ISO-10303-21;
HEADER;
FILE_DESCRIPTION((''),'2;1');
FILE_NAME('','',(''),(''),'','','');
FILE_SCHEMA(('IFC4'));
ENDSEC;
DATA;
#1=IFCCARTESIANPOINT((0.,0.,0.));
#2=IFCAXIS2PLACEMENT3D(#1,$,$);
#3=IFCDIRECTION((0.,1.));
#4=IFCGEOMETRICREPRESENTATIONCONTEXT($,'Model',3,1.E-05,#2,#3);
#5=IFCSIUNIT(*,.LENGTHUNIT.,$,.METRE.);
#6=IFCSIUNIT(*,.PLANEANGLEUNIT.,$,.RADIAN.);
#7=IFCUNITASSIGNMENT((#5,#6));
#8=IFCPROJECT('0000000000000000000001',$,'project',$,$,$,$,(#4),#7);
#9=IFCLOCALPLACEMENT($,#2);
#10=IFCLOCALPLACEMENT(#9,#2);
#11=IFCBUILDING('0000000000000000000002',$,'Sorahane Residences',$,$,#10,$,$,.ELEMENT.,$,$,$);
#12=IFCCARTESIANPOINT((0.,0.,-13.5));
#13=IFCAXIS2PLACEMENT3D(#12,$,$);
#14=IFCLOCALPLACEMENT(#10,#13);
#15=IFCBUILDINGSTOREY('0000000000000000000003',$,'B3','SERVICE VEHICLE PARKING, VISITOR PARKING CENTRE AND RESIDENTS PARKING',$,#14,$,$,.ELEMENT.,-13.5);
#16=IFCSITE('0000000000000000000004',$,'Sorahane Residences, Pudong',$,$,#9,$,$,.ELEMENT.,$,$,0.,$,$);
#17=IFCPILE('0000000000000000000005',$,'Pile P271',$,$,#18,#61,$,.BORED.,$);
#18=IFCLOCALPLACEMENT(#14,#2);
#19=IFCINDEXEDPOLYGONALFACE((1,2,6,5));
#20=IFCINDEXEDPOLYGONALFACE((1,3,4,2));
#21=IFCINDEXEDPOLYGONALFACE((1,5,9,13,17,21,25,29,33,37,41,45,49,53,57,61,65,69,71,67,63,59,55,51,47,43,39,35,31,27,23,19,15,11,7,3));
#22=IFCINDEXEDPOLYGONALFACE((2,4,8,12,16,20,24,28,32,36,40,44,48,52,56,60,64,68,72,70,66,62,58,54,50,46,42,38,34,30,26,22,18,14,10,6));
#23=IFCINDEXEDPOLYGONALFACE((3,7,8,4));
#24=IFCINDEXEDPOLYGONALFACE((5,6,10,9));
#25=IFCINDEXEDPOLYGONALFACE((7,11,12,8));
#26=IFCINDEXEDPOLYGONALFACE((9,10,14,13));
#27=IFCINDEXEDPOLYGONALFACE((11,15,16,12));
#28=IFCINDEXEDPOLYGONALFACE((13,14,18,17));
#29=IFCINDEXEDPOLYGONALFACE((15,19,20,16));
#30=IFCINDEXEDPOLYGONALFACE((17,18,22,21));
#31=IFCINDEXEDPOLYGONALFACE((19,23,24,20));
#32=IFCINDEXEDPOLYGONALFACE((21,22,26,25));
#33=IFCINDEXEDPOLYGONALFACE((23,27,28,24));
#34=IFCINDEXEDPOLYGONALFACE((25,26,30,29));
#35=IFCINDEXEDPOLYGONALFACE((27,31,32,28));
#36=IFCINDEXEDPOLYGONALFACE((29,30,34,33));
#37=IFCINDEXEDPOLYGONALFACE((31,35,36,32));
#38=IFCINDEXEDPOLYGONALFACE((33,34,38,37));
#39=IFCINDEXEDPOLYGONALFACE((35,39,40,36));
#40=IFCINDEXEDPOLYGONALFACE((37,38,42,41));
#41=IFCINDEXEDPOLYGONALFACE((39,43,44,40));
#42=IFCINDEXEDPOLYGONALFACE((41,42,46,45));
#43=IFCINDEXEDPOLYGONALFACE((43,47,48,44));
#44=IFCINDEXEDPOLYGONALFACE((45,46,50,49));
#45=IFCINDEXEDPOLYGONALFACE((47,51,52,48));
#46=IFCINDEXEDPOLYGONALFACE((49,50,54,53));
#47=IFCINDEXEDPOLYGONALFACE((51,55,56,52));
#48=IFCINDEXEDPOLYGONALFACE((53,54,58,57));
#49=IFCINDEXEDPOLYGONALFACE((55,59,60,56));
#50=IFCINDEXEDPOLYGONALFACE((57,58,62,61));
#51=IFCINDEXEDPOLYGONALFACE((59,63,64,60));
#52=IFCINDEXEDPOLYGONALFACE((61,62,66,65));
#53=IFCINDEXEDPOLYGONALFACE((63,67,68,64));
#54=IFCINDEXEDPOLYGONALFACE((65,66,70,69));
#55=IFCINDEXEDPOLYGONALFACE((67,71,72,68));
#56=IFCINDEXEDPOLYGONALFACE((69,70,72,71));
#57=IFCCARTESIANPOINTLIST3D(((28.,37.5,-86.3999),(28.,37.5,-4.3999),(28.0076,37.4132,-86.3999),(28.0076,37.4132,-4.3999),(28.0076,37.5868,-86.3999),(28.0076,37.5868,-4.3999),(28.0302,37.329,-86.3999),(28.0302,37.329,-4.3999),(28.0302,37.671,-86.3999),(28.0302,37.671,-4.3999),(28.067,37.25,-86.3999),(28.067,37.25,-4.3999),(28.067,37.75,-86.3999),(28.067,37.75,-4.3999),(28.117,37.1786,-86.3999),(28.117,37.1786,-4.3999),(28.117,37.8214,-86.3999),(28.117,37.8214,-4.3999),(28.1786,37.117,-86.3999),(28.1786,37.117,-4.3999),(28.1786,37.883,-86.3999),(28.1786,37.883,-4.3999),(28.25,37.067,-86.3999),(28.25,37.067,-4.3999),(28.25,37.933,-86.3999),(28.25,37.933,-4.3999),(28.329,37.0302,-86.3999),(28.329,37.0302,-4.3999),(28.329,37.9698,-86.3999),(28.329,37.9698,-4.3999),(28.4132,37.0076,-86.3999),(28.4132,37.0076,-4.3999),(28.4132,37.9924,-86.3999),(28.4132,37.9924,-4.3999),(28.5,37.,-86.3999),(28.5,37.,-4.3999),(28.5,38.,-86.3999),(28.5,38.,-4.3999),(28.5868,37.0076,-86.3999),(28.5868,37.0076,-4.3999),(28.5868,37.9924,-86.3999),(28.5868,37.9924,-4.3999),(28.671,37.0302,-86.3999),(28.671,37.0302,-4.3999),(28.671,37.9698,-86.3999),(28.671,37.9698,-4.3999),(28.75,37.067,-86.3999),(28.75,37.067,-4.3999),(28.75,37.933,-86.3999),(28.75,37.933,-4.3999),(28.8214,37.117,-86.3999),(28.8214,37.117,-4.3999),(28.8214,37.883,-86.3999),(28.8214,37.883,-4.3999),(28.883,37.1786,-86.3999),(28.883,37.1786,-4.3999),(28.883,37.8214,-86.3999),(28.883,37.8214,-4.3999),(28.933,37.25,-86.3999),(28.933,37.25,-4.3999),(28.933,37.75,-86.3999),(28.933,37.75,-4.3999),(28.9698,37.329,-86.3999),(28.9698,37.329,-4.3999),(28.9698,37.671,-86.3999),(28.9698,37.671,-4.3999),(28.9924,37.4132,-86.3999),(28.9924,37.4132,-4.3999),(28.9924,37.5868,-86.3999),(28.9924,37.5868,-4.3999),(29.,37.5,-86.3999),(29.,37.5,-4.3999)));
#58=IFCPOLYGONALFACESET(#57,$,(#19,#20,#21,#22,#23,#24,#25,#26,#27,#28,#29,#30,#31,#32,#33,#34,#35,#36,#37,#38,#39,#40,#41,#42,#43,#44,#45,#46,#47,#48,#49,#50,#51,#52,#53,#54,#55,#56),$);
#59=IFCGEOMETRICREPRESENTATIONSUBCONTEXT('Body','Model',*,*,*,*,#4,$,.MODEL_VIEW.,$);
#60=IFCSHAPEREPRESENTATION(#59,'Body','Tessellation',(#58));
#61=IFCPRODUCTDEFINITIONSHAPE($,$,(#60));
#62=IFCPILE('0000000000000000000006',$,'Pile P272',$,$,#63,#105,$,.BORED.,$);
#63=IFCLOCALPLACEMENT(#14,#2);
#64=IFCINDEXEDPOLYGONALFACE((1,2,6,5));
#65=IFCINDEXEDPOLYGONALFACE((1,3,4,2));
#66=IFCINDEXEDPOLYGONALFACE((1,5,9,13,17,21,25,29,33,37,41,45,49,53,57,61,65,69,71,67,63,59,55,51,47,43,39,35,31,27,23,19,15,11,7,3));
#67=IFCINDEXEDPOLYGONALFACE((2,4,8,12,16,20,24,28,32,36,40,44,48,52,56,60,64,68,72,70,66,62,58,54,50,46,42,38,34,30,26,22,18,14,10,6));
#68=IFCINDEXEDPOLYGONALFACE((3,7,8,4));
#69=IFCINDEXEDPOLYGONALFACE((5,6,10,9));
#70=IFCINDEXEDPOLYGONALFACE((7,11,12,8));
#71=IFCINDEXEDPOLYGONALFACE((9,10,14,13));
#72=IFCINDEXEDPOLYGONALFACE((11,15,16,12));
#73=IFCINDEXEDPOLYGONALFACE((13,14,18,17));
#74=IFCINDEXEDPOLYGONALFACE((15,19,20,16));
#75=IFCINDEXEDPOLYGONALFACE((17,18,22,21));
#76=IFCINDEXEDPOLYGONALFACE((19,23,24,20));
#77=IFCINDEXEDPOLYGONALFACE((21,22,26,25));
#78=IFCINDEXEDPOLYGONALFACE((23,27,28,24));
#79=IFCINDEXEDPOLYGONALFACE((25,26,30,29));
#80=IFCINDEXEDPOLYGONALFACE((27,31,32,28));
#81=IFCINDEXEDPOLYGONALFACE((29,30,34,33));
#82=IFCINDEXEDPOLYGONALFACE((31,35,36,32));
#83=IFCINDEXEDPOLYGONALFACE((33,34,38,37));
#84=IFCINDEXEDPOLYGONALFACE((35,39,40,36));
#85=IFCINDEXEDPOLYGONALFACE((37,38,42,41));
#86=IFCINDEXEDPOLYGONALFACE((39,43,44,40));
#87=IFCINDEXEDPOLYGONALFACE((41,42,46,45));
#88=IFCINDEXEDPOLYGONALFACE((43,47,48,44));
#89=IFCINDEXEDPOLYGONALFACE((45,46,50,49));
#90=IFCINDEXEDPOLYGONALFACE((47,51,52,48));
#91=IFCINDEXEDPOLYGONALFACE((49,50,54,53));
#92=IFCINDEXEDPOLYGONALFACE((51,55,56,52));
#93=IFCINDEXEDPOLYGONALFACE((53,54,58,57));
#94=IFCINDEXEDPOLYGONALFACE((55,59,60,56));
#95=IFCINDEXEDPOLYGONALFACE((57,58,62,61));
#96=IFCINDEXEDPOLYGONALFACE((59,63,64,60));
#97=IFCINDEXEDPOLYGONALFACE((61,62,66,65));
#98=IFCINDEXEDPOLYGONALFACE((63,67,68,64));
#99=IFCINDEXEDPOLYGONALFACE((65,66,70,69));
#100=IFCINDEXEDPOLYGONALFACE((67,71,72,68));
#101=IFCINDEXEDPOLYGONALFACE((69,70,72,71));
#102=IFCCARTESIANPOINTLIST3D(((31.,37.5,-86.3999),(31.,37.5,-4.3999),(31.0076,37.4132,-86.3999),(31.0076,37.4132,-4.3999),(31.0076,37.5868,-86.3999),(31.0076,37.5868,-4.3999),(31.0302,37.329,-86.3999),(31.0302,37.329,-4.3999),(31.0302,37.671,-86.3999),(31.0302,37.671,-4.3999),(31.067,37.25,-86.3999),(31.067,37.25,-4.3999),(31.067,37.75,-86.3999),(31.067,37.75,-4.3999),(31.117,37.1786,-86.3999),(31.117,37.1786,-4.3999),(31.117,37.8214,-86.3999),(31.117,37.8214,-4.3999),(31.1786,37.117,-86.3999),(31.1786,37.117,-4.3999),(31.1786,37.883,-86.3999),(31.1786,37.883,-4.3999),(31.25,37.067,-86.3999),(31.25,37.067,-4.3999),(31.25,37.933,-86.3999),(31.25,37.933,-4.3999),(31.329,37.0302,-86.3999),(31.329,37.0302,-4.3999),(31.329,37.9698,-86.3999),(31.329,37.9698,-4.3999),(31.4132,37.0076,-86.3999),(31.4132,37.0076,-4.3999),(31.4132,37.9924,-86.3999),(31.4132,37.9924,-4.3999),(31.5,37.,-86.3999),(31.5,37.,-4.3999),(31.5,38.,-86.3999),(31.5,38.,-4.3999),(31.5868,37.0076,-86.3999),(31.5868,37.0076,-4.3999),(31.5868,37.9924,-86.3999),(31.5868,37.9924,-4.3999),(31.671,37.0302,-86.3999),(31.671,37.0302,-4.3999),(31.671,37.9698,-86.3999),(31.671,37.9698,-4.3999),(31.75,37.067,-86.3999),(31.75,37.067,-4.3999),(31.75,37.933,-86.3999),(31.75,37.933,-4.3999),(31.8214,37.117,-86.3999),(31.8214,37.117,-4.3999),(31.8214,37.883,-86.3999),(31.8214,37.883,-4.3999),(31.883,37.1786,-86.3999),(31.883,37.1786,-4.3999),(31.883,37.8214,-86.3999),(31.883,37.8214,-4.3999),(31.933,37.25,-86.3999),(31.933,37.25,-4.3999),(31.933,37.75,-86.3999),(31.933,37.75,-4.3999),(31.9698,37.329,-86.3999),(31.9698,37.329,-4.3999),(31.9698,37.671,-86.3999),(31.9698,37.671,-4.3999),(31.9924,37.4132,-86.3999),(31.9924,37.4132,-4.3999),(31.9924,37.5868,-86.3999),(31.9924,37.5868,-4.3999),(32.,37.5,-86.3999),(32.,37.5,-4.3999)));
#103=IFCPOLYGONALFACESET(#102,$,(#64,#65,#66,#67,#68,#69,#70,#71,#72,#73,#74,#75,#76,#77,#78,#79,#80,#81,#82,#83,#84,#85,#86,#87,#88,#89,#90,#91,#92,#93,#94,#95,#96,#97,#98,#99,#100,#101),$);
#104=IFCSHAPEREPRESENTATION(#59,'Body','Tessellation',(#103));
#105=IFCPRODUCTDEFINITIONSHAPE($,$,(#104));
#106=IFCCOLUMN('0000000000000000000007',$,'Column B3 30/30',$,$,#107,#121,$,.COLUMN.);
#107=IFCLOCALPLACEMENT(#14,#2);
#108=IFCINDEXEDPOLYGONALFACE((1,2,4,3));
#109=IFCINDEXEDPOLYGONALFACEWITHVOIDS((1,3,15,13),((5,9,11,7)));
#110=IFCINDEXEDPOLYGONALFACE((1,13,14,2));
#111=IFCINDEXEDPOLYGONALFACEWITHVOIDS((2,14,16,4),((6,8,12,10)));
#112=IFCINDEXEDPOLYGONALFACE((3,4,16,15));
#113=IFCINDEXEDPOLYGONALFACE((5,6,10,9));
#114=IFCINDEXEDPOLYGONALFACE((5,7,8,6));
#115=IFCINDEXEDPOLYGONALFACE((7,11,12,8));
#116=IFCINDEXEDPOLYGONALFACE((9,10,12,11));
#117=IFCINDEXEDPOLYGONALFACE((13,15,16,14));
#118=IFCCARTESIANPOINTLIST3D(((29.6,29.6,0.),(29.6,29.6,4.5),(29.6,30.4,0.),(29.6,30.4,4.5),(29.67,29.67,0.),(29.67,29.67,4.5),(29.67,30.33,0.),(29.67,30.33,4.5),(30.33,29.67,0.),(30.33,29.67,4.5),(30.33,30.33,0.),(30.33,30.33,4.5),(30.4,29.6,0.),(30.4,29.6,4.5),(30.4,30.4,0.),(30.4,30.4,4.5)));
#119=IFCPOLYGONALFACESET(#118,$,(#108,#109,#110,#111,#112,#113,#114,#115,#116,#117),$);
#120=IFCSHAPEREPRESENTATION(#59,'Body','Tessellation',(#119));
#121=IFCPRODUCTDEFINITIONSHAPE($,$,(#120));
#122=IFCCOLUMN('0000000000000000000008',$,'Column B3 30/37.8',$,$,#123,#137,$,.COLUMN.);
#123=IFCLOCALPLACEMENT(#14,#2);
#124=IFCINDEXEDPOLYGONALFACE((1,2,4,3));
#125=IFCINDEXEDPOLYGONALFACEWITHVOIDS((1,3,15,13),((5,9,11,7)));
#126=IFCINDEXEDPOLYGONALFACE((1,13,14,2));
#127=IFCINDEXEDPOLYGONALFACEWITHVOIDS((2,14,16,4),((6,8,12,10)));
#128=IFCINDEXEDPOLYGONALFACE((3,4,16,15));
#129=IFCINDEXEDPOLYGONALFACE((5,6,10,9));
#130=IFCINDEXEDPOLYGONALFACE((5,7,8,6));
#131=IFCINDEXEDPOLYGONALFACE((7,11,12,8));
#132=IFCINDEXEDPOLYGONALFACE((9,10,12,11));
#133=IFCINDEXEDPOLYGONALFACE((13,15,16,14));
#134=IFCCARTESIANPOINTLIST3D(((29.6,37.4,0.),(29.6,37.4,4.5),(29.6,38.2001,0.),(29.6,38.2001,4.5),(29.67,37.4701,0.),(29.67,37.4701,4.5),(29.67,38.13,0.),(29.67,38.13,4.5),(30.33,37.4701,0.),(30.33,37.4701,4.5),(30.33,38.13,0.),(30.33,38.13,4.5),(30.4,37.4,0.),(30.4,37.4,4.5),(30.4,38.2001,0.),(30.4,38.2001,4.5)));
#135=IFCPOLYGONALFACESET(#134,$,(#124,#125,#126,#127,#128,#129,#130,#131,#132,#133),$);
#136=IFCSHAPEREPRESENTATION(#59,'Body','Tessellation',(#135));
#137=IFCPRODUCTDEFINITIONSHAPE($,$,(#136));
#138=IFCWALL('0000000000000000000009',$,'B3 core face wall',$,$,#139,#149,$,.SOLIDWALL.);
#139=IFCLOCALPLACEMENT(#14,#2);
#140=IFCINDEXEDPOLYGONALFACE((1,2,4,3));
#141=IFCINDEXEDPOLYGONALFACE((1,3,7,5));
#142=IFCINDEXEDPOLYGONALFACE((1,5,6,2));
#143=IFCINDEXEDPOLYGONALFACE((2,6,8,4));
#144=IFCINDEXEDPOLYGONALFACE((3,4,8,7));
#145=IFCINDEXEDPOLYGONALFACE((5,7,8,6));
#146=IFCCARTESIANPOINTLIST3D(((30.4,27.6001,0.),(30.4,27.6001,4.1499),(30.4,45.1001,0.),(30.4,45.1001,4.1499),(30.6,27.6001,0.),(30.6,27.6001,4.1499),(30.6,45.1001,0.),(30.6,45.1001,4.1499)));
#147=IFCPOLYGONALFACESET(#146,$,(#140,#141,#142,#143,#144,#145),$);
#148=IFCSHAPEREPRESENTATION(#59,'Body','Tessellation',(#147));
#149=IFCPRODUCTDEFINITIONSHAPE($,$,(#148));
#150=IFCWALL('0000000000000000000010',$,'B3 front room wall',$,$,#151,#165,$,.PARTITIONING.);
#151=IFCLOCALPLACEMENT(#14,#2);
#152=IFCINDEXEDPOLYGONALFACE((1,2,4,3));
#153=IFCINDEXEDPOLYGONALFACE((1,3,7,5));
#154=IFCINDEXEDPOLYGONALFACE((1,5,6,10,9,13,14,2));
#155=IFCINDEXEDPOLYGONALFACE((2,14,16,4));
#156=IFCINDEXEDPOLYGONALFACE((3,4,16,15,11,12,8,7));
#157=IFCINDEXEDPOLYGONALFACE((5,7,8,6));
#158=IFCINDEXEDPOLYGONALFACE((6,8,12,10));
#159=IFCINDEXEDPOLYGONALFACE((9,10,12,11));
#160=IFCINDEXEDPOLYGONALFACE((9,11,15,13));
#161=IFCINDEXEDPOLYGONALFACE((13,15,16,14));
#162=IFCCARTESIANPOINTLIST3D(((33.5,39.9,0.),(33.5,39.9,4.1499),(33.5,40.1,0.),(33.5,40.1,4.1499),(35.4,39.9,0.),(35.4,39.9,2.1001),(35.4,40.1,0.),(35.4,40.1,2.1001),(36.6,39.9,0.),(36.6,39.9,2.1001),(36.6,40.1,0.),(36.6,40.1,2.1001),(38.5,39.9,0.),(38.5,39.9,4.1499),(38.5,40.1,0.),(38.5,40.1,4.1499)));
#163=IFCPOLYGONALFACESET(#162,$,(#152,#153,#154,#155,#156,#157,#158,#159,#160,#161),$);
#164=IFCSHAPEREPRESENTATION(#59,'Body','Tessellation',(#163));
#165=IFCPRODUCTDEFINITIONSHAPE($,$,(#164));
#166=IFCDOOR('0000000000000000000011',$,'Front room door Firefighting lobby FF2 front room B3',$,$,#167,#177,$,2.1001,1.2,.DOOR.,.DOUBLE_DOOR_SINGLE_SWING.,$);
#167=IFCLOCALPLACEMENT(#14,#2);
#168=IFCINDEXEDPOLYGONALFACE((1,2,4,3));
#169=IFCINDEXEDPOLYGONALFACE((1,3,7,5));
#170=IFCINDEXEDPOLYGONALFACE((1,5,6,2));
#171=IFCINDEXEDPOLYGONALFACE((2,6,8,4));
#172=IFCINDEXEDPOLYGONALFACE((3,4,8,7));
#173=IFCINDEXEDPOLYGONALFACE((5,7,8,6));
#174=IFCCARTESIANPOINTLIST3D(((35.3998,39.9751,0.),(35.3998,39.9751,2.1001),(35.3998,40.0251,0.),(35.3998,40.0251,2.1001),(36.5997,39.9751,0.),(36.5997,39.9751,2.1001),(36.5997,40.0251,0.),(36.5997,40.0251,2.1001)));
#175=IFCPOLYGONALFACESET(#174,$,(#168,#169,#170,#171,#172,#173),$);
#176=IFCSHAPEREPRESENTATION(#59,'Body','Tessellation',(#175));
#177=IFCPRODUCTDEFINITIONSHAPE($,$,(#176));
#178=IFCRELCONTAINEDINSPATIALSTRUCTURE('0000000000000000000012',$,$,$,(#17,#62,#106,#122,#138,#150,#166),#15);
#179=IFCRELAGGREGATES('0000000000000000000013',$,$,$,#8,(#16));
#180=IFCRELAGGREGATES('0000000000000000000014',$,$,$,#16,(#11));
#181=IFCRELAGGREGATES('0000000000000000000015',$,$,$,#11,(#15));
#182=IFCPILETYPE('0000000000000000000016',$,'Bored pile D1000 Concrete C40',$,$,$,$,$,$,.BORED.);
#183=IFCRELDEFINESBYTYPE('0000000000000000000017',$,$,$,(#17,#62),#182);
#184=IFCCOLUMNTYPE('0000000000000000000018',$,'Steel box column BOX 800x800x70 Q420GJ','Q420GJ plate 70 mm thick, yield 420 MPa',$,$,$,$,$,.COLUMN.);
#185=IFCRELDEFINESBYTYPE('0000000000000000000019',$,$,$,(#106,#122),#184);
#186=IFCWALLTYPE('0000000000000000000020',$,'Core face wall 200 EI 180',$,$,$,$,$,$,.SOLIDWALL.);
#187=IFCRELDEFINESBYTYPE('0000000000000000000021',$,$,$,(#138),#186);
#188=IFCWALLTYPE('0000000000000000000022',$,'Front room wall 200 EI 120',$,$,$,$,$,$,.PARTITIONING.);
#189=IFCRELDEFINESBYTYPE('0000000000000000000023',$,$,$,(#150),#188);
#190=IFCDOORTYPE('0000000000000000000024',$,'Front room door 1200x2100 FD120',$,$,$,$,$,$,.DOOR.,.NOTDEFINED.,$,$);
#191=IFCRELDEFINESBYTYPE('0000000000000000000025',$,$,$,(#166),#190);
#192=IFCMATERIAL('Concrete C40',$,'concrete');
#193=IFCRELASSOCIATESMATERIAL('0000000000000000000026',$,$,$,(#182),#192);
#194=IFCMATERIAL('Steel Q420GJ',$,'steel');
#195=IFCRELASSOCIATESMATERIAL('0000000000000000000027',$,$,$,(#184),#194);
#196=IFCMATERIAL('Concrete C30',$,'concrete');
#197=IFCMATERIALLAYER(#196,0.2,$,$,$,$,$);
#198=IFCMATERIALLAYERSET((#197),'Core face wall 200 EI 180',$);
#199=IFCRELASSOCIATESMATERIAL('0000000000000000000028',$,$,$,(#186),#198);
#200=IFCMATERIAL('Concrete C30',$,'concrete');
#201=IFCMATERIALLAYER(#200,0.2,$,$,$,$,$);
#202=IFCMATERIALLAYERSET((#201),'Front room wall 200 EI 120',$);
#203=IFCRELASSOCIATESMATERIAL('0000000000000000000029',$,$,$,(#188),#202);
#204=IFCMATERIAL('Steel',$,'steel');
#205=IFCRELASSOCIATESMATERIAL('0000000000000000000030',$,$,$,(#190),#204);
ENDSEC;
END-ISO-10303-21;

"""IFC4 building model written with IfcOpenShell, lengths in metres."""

from ifc_helpers import new_model, si_unit, direction, frame, frame_2d, origin, origin_2d, place, context, subcontext, project, spatial, rectangle, hollow_rectangle, circle, extrude, material, layer, layer_set, material_profile, profile_set, type_object, element, fill, save


model = new_model("IFC4")

# Units and contexts
model_context = context("Model", 3, precision=1e-05, world=origin(), true_north=direction((0.0, 1.0)))
body_context = subcontext(model_context, "Body", "Model", "MODEL_VIEW")
ifc_project = project(units=[si_unit("LENGTHUNIT", "METRE"), si_unit("PLANEANGLEUNIT", "RADIAN")], contexts=[model_context])

# Site, building, storey
site_placement = place(None, origin())
site = spatial("IfcSite", under=ifc_project, at=site_placement, Name="Sorahane Residences, Pudong", CompositionType="ELEMENT", RefElevation=0.0)
building_placement = place(site_placement, origin())
building = spatial("IfcBuilding", under=site, at=building_placement, Name="Sorahane Residences", CompositionType="ELEMENT")
storey_placement = place(building_placement, frame((0.0, 0.0, -13.5)))
storey = spatial("IfcBuildingStorey", under=building, at=storey_placement, Name="B3", Description="SERVICE VEHICLE PARKING, VISITOR PARKING CENTRE AND RESIDENTS PARKING", CompositionType="ELEMENT", Elevation=-13.5)

# Piles
ifc_material_1 = material(Name="Concrete C40", Category="concrete")
ifc_material_profile_1 = material_profile(ifc_material_1, circle(Radius=0.5, at=origin_2d()), Name="D1000")
ifc_profile_set_1 = profile_set([ifc_material_profile_1], Name="Concrete C40")
pile_type = type_object("IfcPileType", Name="Bored pile D1000 Concrete C40", PredefinedType="BORED", material=ifc_profile_set_1)
for number, where, z_axis, x_axis, name in (
    (1, (28.5, 37.5, -4.3999), (0.0, 0.0, -1.0), (1.0, 0.0, 0.0), "Pile P271"),
    (2, (31.5, 37.5, -4.3999), (0.0, 0.0, -1.0), (1.0, 0.0, 0.0), "Pile P272"),
):
    element("IfcPile", number, at=place(storey_placement, frame(where, z_axis=z_axis, x_axis=x_axis)), inside=storey, type_object=pile_type, Name=name, PredefinedType="BORED", context=body_context, shape_type="SweptSolid", body=[
        extrude(circle(Radius=0.5, at=origin_2d()), origin(), (0.0, 0.0, 1.0), 82.0),
    ])

# Columns
ifc_material_2 = material(Name="Steel Q420GJ", Category="steel")
ifc_material_profile_2 = material_profile(ifc_material_2, hollow_rectangle(XDim=0.8, YDim=0.8, WallThickness=0.0701, at=origin_2d()), Name="BOX 800x800x70")
ifc_profile_set_2 = profile_set([ifc_material_profile_2], Name="Steel Q420GJ")
column_type = type_object("IfcColumnType", Name="Steel box column BOX 800x800x70 Q420GJ", Description="Q420GJ plate 70 mm thick, yield 420 MPa", PredefinedType="COLUMN", material=ifc_profile_set_2)
for number, where, z_axis, x_axis, name in (
    (3, (30.0, 30.0, 0.0), (0.0, 0.0, 1.0), (1.0, 0.0, 0.0), "Column B3 30/30"),
    (4, (30.0, 37.8, 0.0), (0.0, 0.0, 1.0), (1.0, 0.0, 0.0), "Column B3 30/37.8"),
):
    element("IfcColumn", number, at=place(storey_placement, frame(where, z_axis=z_axis, x_axis=x_axis)), inside=storey, type_object=column_type, Name=name, PredefinedType="COLUMN", context=body_context, shape_type="SweptSolid", body=[
        extrude(hollow_rectangle(XDim=0.8, YDim=0.8, WallThickness=0.0701, at=origin_2d()), origin(), (0.0, 0.0, 1.0), 4.5),
    ])

# Wall
ifc_material_3 = material(Name="Concrete C30", Category="concrete")
ifc_layer_1 = layer(ifc_material_3, 0.2)
ifc_layer_set_1 = layer_set([ifc_layer_1], Name="Core face wall 200 EI 180")
wall_type_1 = type_object("IfcWallType", Name="Core face wall 200 EI 180", PredefinedType="SOLIDWALL", material=ifc_layer_set_1)
wall_1_placement = place(storey_placement, frame((30.5, 27.6001, 0.0), z_axis=(0.0, 0.0, 1.0), x_axis=(0.0, 1.0, 0.0)))
element("IfcWall", 5, at=wall_1_placement, inside=storey, type_object=wall_type_1, Name="B3 core face wall", PredefinedType="SOLIDWALL", context=body_context, shape_type="SweptSolid", body=[
    extrude(rectangle(XDim=17.5, YDim=0.2, at=frame_2d((8.75, 0.0))), origin(), (0.0, 0.0, 1.0), 4.1499),
])

# Wall, opening, door
ifc_material_4 = material(Name="Concrete C30", Category="concrete")
ifc_layer_2 = layer(ifc_material_4, 0.2)
ifc_layer_set_2 = layer_set([ifc_layer_2], Name="Front room wall 200 EI 120")
wall_type_2 = type_object("IfcWallType", Name="Front room wall 200 EI 120", PredefinedType="PARTITIONING", material=ifc_layer_set_2)
wall_2_placement = place(storey_placement, frame((33.5, 40.0, 0.0), z_axis=(0.0, 0.0, 1.0), x_axis=(1.0, 0.0, 0.0)))
wall_2 = element("IfcWall", 6, at=wall_2_placement, inside=storey, type_object=wall_type_2, Name="B3 front room wall", PredefinedType="PARTITIONING", context=body_context, shape_type="SweptSolid", body=[
    extrude(rectangle(XDim=5.0, YDim=0.2, at=frame_2d((2.5, 0.0))), origin(), (0.0, 0.0, 1.0), 4.1499),
])
opening_1_placement = place(wall_2_placement, frame((1.8999, 0.0, 0.0)))
opening_1 = element("IfcOpeningElement", 7, at=opening_1_placement, cuts=wall_2, PredefinedType="OPENING", context=body_context, shape_type="SweptSolid", body=[
    extrude(rectangle(XDim=1.2, YDim=2.1001, at=frame_2d((0.6001, 1.05))), frame((0.0, 0.1099, 0.0), z_axis=(0.0, -1.0, 0.0), x_axis=(1.0, 0.0, 0.0)), (0.0, 0.0, 1.0), 0.22),
])
ifc_material_5 = material(Name="Steel", Category="steel")
door_type_1 = type_object("IfcDoorType", Name="Front room door 1200x2100 FD120", OperationType="NOTDEFINED", PredefinedType="DOOR", material=ifc_material_5)
door_1_placement = place(opening_1_placement, frame((1.2, 0.0, 0.0), z_axis=(0.0, 0.0, 1.0), x_axis=(-1.0, 0.0, 0.0)))
door_1 = element("IfcDoor", 8, at=door_1_placement, inside=storey, type_object=door_type_1, Name="Front room door Firefighting lobby FF2 front room B3", OperationType="DOUBLE_DOOR_SINGLE_SWING", OverallHeight=2.1001, OverallWidth=1.2, PredefinedType="DOOR", context=body_context, shape_type="SweptSolid", body=[
    extrude(rectangle(XDim=1.2, YDim=2.1001, at=frame_2d((0.6001, 1.05))), frame((0.0, 0.0249, 0.0), z_axis=(0.0, -1.0, 0.0), x_axis=(1.0, 0.0, 0.0)), (0.0, 0.0, 1.0), 0.05),
])
fill(opening_1, door_1)

save(model, "model.ifc")
